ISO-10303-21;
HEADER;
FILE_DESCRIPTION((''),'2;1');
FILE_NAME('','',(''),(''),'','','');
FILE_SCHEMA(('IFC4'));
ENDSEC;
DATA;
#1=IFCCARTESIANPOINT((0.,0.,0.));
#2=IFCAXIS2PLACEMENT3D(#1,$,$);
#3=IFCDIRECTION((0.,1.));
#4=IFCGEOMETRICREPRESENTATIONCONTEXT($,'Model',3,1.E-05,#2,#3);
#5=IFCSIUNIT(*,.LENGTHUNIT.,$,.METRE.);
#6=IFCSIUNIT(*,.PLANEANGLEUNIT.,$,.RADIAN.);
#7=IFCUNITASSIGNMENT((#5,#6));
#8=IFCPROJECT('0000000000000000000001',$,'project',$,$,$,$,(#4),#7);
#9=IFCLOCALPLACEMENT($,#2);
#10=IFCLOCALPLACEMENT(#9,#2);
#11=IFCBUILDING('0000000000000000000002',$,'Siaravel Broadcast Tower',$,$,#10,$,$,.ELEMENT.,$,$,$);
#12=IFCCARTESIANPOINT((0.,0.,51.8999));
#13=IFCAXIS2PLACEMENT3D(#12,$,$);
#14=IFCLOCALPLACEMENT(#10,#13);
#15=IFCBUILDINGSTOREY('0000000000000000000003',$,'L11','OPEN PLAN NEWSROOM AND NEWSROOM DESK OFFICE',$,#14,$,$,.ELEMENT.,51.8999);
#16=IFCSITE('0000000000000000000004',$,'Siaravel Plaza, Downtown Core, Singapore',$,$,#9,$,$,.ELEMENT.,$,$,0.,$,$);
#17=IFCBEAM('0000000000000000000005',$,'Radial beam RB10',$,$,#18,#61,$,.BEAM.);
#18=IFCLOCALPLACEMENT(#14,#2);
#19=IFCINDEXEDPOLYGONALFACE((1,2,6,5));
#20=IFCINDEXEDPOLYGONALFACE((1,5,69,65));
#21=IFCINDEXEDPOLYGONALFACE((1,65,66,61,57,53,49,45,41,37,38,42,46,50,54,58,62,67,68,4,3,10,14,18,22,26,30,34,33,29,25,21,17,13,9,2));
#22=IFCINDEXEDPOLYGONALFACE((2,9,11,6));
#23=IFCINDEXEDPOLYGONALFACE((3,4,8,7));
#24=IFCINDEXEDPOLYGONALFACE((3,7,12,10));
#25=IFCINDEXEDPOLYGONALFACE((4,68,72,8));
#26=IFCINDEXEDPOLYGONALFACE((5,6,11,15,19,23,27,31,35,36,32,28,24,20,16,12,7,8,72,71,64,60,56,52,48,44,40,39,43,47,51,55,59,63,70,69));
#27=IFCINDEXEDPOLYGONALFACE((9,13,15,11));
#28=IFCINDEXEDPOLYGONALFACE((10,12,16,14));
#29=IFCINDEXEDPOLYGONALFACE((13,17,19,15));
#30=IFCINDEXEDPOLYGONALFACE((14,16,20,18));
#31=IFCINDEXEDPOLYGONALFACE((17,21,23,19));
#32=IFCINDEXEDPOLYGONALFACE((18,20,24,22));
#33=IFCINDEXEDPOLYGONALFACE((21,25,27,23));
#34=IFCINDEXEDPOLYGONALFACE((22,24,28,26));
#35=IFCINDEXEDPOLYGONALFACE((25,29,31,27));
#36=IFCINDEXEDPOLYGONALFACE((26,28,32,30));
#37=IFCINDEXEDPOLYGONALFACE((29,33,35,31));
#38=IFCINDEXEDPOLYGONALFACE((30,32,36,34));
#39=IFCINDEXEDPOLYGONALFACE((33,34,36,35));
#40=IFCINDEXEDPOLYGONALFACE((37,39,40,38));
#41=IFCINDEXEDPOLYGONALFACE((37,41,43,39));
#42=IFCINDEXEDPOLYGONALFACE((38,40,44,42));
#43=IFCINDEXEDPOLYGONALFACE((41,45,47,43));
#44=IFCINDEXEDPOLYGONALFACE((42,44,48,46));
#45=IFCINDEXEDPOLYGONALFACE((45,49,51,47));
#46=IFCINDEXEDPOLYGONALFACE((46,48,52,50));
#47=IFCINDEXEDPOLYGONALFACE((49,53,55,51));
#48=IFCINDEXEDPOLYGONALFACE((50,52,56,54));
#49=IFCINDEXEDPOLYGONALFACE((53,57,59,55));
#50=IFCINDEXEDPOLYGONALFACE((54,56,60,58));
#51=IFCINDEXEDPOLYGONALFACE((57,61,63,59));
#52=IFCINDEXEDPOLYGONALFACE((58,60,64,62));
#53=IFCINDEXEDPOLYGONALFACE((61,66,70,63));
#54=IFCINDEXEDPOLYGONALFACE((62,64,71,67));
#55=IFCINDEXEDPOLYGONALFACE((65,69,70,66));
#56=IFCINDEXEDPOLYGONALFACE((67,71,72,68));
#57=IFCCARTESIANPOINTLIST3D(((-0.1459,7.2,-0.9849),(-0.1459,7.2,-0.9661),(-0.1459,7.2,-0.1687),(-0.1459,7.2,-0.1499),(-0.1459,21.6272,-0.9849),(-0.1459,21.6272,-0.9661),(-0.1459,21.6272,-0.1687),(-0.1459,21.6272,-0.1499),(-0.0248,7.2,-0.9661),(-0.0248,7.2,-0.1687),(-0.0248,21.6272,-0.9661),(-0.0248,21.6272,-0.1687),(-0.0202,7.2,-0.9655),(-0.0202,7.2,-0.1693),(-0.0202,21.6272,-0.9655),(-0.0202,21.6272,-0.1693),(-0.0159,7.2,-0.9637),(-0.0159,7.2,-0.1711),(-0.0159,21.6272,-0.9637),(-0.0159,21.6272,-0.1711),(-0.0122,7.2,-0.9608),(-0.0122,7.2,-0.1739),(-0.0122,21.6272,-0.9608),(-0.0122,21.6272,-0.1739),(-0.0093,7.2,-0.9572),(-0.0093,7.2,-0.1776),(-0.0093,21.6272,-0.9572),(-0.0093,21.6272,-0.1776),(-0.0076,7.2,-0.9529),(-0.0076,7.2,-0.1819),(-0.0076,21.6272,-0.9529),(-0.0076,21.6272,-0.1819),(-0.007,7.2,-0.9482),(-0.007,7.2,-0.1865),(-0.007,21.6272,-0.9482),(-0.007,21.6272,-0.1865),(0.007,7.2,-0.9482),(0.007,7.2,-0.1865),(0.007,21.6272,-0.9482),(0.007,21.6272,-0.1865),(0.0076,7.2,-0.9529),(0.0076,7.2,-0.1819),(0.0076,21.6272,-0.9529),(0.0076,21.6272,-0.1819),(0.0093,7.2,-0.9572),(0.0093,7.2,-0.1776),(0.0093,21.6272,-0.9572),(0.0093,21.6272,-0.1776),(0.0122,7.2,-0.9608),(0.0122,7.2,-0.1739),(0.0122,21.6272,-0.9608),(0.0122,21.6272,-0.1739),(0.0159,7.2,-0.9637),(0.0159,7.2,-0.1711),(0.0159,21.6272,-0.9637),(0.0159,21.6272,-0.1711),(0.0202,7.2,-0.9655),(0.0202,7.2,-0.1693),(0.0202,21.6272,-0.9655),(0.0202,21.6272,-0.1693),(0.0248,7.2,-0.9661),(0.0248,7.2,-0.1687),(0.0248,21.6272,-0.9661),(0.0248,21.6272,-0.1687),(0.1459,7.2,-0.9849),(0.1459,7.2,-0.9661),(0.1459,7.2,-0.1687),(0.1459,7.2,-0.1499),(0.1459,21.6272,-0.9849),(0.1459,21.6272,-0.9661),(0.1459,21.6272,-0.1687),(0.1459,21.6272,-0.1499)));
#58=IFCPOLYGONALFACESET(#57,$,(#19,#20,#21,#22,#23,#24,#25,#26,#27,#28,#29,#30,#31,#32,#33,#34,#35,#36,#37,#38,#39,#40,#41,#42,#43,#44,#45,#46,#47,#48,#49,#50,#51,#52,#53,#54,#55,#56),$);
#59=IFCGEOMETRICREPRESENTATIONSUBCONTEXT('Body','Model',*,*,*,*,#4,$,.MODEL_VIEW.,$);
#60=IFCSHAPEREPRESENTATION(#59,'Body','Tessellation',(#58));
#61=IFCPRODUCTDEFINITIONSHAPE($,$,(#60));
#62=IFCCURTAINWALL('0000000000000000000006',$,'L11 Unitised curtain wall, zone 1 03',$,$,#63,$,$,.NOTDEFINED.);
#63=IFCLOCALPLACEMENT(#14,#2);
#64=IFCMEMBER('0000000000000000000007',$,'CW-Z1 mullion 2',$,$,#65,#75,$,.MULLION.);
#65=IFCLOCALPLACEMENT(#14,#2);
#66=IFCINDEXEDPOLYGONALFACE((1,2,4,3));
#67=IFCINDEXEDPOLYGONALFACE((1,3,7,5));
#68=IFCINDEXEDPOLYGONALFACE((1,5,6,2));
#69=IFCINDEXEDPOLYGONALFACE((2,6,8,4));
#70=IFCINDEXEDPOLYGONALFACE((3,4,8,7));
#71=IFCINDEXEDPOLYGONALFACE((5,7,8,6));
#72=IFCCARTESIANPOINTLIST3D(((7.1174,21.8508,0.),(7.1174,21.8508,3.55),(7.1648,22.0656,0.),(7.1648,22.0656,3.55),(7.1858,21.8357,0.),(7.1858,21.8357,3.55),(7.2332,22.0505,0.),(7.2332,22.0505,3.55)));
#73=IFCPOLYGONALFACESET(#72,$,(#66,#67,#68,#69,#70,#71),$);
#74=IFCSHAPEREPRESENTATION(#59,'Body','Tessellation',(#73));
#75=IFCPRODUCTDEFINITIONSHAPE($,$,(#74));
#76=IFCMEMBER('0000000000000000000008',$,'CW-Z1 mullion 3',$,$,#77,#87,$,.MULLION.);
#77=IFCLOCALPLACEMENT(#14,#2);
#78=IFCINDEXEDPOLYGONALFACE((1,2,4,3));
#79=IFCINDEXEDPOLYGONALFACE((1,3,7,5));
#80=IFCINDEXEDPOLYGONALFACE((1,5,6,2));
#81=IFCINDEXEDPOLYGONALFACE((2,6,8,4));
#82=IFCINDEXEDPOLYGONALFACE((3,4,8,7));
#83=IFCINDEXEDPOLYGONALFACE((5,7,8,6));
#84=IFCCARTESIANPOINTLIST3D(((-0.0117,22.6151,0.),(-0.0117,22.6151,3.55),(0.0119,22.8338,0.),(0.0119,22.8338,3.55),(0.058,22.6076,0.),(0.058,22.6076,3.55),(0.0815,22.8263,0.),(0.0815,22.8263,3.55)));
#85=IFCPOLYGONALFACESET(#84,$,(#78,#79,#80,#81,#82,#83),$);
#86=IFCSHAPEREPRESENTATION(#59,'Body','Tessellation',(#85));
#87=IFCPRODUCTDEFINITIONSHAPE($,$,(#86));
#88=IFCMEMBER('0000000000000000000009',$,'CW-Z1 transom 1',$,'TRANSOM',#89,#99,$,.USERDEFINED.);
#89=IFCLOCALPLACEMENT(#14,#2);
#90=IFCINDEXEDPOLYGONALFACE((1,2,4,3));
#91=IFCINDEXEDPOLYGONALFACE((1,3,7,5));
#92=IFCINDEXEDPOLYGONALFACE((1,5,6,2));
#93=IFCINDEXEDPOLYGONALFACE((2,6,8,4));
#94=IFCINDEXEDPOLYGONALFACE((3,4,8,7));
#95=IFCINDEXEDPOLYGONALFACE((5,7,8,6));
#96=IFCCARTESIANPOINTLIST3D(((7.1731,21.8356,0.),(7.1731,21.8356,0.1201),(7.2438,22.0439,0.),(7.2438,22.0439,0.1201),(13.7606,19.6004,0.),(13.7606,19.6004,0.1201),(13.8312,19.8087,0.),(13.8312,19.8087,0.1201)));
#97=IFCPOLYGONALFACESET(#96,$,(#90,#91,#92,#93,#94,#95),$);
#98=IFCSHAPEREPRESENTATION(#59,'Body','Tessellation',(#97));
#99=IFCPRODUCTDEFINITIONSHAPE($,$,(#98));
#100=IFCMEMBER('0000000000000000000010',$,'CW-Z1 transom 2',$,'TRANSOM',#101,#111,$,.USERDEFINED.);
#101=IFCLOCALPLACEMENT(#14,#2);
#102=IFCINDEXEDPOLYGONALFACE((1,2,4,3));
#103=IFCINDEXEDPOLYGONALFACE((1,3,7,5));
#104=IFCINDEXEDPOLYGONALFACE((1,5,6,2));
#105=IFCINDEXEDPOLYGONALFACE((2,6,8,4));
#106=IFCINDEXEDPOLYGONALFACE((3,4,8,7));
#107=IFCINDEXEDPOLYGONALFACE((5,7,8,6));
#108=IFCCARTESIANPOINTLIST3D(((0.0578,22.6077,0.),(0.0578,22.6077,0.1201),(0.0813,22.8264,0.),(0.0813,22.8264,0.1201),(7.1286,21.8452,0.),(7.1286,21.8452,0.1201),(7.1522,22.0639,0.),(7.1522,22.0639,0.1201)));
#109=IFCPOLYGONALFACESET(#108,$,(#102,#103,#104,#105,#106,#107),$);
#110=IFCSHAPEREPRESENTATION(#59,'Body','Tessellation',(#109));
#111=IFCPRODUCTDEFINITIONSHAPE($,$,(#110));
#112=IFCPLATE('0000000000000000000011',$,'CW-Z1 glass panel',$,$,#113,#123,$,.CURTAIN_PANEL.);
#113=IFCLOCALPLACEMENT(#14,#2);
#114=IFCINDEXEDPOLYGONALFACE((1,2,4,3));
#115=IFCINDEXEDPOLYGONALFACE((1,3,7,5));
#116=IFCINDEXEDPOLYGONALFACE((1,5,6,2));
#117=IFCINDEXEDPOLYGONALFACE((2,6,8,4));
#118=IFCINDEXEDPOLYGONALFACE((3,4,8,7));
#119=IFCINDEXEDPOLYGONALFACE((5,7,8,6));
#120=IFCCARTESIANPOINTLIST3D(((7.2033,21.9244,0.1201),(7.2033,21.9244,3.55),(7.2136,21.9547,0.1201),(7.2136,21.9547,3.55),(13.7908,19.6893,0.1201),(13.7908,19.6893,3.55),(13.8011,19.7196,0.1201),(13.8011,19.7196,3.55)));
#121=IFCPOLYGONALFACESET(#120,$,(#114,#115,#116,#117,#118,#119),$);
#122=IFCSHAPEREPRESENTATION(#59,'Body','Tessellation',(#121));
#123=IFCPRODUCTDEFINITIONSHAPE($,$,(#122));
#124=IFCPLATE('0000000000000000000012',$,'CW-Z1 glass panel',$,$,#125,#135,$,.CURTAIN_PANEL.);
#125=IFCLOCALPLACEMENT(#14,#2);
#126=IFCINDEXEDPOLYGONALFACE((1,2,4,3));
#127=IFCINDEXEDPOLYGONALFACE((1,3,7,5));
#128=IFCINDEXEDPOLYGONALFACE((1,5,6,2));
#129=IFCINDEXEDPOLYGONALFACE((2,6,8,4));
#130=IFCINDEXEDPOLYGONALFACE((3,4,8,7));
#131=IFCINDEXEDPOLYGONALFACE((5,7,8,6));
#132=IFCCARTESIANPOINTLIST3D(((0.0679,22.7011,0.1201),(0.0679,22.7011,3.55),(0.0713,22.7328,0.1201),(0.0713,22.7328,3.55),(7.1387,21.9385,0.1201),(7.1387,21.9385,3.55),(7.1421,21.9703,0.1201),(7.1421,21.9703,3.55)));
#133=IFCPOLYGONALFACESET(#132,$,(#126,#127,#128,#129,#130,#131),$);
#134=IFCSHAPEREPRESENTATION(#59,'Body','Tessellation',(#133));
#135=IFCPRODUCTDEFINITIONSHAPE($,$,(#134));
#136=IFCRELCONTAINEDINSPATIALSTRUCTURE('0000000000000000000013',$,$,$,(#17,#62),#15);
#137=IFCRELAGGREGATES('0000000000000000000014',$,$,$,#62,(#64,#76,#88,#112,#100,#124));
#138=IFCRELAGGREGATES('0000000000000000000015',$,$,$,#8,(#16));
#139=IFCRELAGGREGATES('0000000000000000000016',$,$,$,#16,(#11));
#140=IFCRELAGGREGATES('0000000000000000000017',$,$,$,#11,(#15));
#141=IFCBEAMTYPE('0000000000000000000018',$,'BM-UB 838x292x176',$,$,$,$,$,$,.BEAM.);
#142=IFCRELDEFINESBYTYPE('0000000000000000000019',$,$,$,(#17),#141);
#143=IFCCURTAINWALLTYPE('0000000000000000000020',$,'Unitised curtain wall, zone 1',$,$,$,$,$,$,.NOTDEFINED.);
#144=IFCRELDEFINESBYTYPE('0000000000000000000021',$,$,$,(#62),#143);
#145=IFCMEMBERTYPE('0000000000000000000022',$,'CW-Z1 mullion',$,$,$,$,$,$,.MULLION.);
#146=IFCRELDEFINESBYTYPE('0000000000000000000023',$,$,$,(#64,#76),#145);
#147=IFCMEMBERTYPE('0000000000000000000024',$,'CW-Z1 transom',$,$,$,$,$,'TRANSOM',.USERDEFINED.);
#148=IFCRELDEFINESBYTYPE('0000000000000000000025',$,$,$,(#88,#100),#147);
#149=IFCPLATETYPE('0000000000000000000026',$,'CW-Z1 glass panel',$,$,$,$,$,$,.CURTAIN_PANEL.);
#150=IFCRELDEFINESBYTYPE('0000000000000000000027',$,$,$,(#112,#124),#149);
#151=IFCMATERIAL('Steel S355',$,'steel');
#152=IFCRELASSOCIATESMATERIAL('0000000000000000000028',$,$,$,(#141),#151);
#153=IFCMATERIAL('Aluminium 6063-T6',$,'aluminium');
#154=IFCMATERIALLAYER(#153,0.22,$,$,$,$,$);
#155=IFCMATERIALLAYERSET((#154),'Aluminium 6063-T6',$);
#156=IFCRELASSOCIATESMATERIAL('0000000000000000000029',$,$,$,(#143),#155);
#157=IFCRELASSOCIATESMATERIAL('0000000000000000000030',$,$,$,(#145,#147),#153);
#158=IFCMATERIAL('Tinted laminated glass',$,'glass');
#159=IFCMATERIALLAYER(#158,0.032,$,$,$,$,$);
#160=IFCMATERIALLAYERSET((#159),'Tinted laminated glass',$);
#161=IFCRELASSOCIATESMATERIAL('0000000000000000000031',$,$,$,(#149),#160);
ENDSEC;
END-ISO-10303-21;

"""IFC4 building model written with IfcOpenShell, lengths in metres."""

from ifc_helpers import new_model, si_unit, direction, frame, origin, origin_2d, place, context, subcontext, project, spatial, rectangle, i_section, extrude, material, layer, layer_set, material_profile, profile_set, type_object, element, aggregate, save


model = new_model("IFC4")

# Units and contexts
model_context = context("Model", 3, precision=1e-05, world=origin(), true_north=direction((0.0, 1.0)))
body_context = subcontext(model_context, "Body", "Model", "MODEL_VIEW")
ifc_project = project(units=[si_unit("LENGTHUNIT", "METRE"), si_unit("PLANEANGLEUNIT", "RADIAN")], contexts=[model_context])

# Site, building, storey
site_placement = place(None, origin())
site = spatial("IfcSite", under=ifc_project, at=site_placement, Name="Siaravel Plaza, Downtown Core, Singapore", CompositionType="ELEMENT", RefElevation=0.0)
building_placement = place(site_placement, origin())
building = spatial("IfcBuilding", under=site, at=building_placement, Name="Siaravel Broadcast Tower", CompositionType="ELEMENT")
storey_placement = place(building_placement, frame((0.0, 0.0, 51.8999)))
storey = spatial("IfcBuildingStorey", under=building, at=storey_placement, Name="L11", Description="OPEN PLAN NEWSROOM AND NEWSROOM DESK OFFICE", CompositionType="ELEMENT", Elevation=51.8999)

# Beam
ifc_material_1 = material(Name="Steel S355", Category="steel")
ifc_material_profile_1 = material_profile(ifc_material_1, i_section(OverallWidth=0.2917, OverallDepth=0.835, WebThickness=0.0139, FlangeThickness=0.0188, FilletRadius=0.0178, at=origin_2d()))
ifc_profile_set_1 = profile_set([ifc_material_profile_1], Name="Steel S355")
beam_type = type_object("IfcBeamType", Name="BM-UB 838x292x176", PredefinedType="BEAM", material=ifc_profile_set_1)
beam_1_placement = place(storey_placement, frame((0.0, 21.6272, -0.5674), z_axis=(0.0, -1.0, 0.0), x_axis=(1.0, 0.0, 0.0)))
element("IfcBeam", 1, at=beam_1_placement, inside=storey, type_object=beam_type, Name="Radial beam RB10", PredefinedType="BEAM", context=body_context, shape_type="SweptSolid", body=[
    extrude(i_section(OverallWidth=0.2917, OverallDepth=0.835, WebThickness=0.0139, FlangeThickness=0.0188, FilletRadius=0.0178, at=origin_2d()), origin(), (0.0, 0.0, 1.0), 14.4272),
])

# Curtain wall, members, plates
ifc_material_2 = material(Name="Aluminium 6063-T6", Category="aluminium")
ifc_layer_1 = layer(ifc_material_2, 0.22)
ifc_layer_set_1 = layer_set([ifc_layer_1], Name="Aluminium 6063-T6")
curtain_wall_type = type_object("IfcCurtainWallType", Name="Unitised curtain wall, zone 1", PredefinedType="NOTDEFINED", material=ifc_layer_set_1)
curtain_wall_placement = place(storey_placement, origin())
curtain_wall = element("IfcCurtainWall", 2, at=curtain_wall_placement, inside=storey, type_object=curtain_wall_type, Name="L11 Unitised curtain wall, zone 1 03", PredefinedType="NOTDEFINED")
ifc_material_profile_2 = material_profile(ifc_material_2, rectangle(XDim=0.22, YDim=0.0701, at=origin_2d()))
ifc_profile_set_2 = profile_set([ifc_material_profile_2], Name="Aluminium 6063-T6")
member_type_1 = type_object("IfcMemberType", Name="CW-Z1 mullion", PredefinedType="MULLION", material=ifc_profile_set_2)
member_1_placement = place(storey_placement, frame((7.1753, 21.9507, 0.0), z_axis=(0.0, 0.0, 1.0), x_axis=(-0.215558, -0.976491, 0.0)))
member_1 = element("IfcMember", 3, at=member_1_placement, type_object=member_type_1, Name="CW-Z1 mullion 2", PredefinedType="MULLION", context=body_context, shape_type="SweptSolid", body=[
    extrude(rectangle(XDim=0.22, YDim=0.0701, at=origin_2d()), origin(), (0.0, 0.0, 1.0), 3.55),
])
member_2_placement = place(storey_placement, frame((0.0349, 22.7207, 0.0), z_axis=(0.0, 0.0, 1.0), x_axis=(-0.107218, -0.994236, 0.0)))
member_2 = element("IfcMember", 4, at=member_2_placement, type_object=member_type_1, Name="CW-Z1 mullion 3", PredefinedType="MULLION", context=body_context, shape_type="SweptSolid", body=[
    extrude(rectangle(XDim=0.22, YDim=0.0701, at=origin_2d()), origin(), (0.0, 0.0, 1.0), 3.55),
])
ifc_material_profile_3 = material_profile(ifc_material_2, rectangle(XDim=0.22, YDim=0.1201, at=origin_2d()))
ifc_profile_set_3 = profile_set([ifc_material_profile_3], Name="Aluminium 6063-T6")
member_type_2 = type_object("IfcMemberType", Name="CW-Z1 transom", ElementType="TRANSOM", PredefinedType="USERDEFINED", material=ifc_profile_set_3)
member_3_placement = place(storey_placement, frame((13.7959, 19.7046, 0.0601), z_axis=(-0.946975, 0.321309, 0.0), x_axis=(-0.321309, -0.946975, 0.0)))
member_3 = element("IfcMember", 5, at=member_3_placement, type_object=member_type_2, Name="CW-Z1 transom 1", ObjectType="TRANSOM", PredefinedType="USERDEFINED", context=body_context, shape_type="SweptSolid", body=[
    extrude(rectangle(XDim=0.22, YDim=0.1201, at=origin_2d()), origin(), (0.0, 0.0, 1.0), 6.9563),
])
member_4_placement = place(storey_placement, frame((7.1404, 21.9546, 0.0601), z_axis=(-0.994236, 0.107209, 0.0), x_axis=(-0.107209, -0.994236, 0.0)))
member_4 = element("IfcMember", 6, at=member_4_placement, type_object=member_type_2, Name="CW-Z1 transom 2", ObjectType="TRANSOM", PredefinedType="USERDEFINED", context=body_context, shape_type="SweptSolid", body=[
    extrude(rectangle(XDim=0.22, YDim=0.1201, at=origin_2d()), origin(), (0.0, 0.0, 1.0), 7.1118),
])
ifc_material_3 = material(Name="Tinted laminated glass", Category="glass")
ifc_layer_2 = layer(ifc_material_3, 0.032)
ifc_layer_set_2 = layer_set([ifc_layer_2], Name="Tinted laminated glass")
plate_type = type_object("IfcPlateType", Name="CW-Z1 glass panel", PredefinedType="CURTAIN_PANEL", material=ifc_layer_set_2)
plate_1_placement = place(storey_placement, frame((10.5022, 20.822, 0.1201), z_axis=(0.0, 0.0, 1.0), x_axis=(-0.946977, 0.321301, 0.0)))
plate_1 = element("IfcPlate", 7, at=plate_1_placement, type_object=plate_type, Name="CW-Z1 glass panel", PredefinedType="CURTAIN_PANEL", context=body_context, shape_type="SweptSolid", body=[
    extrude(rectangle(XDim=6.9563, YDim=0.032, at=origin_2d()), origin(), (0.0, 0.0, 1.0), 3.4299),
])
plate_2_placement = place(storey_placement, frame((3.605, 22.3357, 0.1201), z_axis=(0.0, 0.0, 1.0), x_axis=(-0.994236, 0.107218, 0.0)))
plate_2 = element("IfcPlate", 8, at=plate_2_placement, type_object=plate_type, Name="CW-Z1 glass panel", PredefinedType="CURTAIN_PANEL", context=body_context, shape_type="SweptSolid", body=[
    extrude(rectangle(XDim=7.1118, YDim=0.032, at=origin_2d()), origin(), (0.0, 0.0, 1.0), 3.4299),
])
aggregate(curtain_wall, [member_1, member_2, member_3, plate_1, member_4, plate_2])

save(model, "model.ifc")
